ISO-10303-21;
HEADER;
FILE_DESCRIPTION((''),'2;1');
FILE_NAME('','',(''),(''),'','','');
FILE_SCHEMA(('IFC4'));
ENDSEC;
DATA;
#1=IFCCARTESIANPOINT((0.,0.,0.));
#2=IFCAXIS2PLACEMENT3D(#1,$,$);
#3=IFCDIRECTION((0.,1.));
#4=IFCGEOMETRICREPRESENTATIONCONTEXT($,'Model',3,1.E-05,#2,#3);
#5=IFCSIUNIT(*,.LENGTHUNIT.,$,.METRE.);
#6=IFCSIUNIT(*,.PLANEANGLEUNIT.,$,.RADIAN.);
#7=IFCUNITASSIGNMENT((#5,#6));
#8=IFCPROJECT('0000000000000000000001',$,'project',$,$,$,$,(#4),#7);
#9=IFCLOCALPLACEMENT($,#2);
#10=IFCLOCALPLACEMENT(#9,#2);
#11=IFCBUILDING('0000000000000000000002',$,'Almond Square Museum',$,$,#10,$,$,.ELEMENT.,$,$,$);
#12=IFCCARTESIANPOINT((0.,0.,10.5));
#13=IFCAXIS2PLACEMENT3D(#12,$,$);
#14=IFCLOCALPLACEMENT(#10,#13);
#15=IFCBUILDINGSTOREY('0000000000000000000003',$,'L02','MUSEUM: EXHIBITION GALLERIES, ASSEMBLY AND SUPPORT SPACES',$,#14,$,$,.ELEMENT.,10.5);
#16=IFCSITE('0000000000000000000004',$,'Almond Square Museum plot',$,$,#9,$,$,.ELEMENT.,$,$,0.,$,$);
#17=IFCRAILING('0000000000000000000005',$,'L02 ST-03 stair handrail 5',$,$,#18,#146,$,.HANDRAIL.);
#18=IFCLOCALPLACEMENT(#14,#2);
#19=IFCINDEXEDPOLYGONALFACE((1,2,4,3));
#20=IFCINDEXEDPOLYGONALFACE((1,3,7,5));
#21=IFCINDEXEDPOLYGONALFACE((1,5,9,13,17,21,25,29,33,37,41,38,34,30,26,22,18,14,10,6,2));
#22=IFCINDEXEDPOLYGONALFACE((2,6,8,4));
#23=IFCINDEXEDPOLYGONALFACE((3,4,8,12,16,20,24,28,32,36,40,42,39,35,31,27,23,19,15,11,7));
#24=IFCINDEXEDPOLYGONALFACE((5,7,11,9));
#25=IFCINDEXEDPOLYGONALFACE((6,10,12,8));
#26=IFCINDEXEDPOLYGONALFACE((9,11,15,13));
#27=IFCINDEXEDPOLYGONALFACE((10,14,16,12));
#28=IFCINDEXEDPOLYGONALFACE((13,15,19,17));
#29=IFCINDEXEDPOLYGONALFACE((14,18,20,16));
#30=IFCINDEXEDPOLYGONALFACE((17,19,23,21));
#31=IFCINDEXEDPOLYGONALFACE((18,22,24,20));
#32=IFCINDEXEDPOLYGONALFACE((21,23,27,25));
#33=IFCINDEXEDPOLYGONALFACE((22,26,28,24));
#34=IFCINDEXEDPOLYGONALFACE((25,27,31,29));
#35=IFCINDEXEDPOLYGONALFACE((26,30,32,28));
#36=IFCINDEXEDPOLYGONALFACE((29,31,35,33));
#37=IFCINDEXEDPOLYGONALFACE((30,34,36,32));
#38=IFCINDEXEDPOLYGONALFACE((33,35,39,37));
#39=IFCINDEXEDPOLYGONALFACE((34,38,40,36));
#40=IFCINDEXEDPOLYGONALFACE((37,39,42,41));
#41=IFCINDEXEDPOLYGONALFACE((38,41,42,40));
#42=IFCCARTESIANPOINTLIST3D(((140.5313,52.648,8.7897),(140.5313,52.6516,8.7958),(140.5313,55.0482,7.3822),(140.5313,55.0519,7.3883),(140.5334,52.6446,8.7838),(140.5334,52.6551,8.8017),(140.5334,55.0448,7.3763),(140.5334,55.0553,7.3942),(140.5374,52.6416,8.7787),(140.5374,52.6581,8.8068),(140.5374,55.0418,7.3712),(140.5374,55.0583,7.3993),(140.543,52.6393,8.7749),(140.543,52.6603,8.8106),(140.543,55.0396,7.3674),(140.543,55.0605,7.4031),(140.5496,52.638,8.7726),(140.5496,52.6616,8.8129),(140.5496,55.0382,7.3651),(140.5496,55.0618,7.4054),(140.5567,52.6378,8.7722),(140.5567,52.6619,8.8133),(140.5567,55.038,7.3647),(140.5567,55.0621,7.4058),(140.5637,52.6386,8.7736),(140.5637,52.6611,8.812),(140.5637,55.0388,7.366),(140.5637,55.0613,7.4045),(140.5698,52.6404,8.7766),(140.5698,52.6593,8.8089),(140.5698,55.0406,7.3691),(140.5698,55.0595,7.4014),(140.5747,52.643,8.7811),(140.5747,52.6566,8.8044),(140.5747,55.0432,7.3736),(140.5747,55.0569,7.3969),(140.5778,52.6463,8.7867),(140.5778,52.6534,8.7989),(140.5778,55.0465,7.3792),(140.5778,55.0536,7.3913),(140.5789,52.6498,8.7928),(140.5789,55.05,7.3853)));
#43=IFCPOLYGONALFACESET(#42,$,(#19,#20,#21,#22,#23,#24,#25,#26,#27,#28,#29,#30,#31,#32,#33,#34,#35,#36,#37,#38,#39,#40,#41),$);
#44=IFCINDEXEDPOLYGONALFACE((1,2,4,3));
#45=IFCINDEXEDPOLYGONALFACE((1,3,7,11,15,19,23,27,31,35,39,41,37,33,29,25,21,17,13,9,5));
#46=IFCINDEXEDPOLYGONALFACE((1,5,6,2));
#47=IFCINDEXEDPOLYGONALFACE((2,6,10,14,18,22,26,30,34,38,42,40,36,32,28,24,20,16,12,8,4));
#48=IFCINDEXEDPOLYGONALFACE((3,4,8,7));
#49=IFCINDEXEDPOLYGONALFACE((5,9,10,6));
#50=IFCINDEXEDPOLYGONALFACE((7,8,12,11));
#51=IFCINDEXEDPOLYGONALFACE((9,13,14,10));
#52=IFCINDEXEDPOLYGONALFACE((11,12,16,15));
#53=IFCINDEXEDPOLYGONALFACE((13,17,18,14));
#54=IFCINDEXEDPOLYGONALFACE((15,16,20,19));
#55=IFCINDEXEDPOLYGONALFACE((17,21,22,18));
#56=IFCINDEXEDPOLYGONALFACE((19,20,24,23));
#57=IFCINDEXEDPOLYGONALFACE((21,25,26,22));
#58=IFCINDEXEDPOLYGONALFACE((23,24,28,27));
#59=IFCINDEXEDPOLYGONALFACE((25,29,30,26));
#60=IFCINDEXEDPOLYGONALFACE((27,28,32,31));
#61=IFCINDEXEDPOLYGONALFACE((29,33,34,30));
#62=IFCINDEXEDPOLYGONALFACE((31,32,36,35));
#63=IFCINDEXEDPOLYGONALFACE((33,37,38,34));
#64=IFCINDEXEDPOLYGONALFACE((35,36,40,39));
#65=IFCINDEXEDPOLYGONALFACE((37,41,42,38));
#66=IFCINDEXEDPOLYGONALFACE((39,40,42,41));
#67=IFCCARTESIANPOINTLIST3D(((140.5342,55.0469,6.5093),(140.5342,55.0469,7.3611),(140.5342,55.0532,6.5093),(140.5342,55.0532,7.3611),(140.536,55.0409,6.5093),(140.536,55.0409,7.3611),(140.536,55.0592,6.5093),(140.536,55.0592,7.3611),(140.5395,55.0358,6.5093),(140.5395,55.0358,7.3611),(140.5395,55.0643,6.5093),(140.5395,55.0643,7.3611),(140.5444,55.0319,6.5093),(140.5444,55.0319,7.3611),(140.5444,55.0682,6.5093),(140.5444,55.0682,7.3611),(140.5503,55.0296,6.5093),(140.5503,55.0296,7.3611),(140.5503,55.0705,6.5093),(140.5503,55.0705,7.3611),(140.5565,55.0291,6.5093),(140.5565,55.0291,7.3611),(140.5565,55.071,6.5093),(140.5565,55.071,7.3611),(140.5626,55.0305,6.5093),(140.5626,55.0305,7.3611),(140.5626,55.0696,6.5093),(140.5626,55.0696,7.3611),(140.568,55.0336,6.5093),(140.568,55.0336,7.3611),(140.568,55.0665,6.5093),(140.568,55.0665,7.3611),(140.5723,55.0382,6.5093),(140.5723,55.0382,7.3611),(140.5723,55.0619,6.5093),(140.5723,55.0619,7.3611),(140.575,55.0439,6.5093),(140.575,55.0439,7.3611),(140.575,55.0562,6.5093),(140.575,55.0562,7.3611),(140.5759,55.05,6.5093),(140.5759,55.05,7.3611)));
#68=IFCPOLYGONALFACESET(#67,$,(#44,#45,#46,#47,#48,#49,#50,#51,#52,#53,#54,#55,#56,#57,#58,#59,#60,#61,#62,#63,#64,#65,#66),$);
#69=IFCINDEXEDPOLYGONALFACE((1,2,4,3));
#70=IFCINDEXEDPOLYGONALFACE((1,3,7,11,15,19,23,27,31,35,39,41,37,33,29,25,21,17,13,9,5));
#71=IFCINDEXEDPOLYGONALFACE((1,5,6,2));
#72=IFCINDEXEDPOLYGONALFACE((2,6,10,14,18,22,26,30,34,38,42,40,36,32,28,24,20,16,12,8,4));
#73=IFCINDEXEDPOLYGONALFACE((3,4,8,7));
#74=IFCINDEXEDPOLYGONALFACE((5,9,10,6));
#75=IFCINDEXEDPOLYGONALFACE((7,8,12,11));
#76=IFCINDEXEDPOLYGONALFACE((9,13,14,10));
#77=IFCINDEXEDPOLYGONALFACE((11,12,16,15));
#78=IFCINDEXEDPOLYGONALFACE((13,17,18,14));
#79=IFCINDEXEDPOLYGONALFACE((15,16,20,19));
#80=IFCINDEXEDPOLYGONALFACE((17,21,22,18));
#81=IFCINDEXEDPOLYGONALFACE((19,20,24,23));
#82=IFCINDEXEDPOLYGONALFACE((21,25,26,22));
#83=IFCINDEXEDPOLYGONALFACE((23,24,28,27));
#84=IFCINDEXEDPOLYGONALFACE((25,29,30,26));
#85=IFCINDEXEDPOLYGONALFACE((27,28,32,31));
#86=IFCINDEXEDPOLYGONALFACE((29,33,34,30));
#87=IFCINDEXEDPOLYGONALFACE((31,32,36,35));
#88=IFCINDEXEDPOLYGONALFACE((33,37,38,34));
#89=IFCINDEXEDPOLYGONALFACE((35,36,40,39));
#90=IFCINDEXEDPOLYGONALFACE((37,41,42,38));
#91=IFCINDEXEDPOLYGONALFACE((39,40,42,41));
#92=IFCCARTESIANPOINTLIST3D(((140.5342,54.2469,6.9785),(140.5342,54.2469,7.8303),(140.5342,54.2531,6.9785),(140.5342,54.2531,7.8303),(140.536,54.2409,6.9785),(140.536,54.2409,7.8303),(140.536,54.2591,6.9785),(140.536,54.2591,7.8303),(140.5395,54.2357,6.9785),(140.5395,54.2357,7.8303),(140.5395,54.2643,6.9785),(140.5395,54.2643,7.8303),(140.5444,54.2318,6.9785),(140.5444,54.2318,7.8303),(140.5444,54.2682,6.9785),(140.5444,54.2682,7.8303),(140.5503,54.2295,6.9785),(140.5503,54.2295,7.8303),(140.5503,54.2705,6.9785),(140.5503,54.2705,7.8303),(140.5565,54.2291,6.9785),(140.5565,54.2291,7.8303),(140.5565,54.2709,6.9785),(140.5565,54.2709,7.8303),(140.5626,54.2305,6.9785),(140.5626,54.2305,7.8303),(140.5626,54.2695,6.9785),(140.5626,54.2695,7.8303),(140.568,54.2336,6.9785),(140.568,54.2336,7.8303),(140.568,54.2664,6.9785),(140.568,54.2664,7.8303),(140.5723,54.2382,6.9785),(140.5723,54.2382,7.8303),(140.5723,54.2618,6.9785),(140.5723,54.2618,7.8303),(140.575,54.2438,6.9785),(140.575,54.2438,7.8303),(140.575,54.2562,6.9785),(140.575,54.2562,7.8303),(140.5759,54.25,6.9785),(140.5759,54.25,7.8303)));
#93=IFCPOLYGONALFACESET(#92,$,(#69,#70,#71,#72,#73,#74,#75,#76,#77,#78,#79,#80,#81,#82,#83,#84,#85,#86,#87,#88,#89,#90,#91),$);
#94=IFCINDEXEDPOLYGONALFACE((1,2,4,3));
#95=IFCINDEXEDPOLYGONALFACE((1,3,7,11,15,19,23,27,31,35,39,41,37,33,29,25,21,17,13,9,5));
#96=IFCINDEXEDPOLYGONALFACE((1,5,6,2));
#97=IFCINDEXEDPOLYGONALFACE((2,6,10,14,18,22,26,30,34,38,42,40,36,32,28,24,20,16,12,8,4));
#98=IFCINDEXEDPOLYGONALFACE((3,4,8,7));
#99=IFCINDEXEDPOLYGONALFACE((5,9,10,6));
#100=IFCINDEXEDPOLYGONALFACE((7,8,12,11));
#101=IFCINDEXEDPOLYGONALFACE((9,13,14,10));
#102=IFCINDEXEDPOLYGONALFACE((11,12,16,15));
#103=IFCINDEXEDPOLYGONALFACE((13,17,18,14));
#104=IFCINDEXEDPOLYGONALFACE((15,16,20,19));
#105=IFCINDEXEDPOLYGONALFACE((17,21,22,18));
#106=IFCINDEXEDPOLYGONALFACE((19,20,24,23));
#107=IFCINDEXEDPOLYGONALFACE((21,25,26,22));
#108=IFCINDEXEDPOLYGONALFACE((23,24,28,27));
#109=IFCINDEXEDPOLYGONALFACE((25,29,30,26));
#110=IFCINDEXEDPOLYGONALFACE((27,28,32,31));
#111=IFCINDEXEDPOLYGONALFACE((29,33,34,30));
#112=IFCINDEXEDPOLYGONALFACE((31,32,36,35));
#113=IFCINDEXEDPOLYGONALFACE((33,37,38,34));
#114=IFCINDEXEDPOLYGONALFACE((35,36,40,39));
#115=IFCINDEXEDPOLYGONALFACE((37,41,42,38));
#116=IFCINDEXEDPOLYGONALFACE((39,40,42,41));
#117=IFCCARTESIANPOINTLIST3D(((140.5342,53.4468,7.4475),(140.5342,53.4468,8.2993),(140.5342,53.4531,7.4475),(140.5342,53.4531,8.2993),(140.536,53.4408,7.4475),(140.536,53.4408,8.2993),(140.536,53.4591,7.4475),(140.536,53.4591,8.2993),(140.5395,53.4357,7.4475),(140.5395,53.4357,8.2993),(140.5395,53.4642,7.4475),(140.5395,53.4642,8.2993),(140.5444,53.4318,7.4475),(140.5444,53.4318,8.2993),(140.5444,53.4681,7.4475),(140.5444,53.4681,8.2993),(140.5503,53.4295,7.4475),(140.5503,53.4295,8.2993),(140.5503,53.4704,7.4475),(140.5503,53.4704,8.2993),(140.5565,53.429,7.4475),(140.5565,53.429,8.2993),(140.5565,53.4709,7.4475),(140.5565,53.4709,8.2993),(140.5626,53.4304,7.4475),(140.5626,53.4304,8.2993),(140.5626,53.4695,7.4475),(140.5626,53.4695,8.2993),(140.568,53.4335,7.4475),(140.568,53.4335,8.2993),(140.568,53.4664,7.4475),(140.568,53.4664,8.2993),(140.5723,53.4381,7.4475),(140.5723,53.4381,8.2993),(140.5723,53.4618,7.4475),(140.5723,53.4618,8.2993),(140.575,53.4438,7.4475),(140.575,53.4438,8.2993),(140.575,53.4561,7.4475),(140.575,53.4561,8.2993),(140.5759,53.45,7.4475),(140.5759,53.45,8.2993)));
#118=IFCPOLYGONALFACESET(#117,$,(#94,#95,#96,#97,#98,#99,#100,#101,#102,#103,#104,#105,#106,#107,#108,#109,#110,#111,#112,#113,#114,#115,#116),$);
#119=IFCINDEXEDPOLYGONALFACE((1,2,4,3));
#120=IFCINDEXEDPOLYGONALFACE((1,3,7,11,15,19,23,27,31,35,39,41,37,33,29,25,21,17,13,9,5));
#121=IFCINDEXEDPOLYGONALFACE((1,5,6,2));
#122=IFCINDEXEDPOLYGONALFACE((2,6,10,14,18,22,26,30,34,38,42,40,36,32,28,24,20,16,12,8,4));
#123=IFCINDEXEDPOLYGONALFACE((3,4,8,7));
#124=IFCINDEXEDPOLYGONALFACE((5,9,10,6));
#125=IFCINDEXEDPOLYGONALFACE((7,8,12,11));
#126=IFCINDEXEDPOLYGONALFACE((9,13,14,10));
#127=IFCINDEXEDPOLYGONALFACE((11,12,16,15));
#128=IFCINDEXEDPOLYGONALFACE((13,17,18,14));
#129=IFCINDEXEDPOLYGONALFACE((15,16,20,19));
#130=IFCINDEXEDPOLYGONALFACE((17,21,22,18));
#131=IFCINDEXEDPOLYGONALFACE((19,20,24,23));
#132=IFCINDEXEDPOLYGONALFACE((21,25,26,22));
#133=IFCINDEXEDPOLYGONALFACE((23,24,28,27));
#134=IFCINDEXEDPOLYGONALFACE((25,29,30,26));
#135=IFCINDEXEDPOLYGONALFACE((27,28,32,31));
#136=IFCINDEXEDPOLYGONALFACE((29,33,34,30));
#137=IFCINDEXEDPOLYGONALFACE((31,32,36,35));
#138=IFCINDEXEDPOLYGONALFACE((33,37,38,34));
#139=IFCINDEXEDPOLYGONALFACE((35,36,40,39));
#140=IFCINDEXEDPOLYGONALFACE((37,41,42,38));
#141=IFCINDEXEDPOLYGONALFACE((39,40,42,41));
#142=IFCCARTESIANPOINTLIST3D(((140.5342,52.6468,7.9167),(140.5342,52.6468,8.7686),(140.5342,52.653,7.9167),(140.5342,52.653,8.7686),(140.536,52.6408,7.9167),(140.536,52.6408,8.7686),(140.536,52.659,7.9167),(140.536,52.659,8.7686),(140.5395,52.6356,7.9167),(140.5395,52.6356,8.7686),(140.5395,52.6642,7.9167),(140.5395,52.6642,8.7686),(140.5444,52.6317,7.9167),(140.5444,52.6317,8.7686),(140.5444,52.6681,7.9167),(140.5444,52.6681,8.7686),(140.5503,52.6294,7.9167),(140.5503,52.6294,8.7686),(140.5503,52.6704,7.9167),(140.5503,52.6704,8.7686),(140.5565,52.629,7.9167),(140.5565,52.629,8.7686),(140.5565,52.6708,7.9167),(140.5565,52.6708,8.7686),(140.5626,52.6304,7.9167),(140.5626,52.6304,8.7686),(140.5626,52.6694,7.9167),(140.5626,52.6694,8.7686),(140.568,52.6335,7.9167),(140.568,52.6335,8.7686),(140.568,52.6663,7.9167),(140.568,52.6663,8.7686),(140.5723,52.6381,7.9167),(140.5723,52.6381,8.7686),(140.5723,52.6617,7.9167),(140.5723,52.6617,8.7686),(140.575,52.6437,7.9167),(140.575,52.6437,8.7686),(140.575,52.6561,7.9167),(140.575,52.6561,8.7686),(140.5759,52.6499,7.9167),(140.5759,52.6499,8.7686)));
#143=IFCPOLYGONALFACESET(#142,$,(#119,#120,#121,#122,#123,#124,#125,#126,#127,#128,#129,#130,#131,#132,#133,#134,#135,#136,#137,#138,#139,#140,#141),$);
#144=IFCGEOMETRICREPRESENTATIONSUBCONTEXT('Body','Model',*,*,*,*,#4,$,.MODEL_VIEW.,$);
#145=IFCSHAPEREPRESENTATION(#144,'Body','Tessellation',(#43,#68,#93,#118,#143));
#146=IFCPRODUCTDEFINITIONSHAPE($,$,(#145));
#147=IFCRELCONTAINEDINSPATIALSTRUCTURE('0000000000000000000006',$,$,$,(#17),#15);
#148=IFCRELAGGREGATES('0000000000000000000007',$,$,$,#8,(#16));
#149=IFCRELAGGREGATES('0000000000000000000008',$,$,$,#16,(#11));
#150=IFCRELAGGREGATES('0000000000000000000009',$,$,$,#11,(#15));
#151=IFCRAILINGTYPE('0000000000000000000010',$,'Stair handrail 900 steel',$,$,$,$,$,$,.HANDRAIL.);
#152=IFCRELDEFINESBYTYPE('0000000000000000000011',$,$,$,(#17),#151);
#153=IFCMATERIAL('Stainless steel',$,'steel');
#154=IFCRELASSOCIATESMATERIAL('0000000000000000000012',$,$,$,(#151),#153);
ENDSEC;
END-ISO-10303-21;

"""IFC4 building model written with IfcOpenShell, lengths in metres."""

from ifc_helpers import new_model, si_unit, direction, frame, origin, origin_2d, place, context, subcontext, project, spatial, circle, extrude, material, type_object, element, save


model = new_model("IFC4")

# Units and contexts
model_context = context("Model", 3, precision=1e-05, world=origin(), true_north=direction((0.0, 1.0)))
body_context = subcontext(model_context, "Body", "Model", "MODEL_VIEW")
ifc_project = project(units=[si_unit("LENGTHUNIT", "METRE"), si_unit("PLANEANGLEUNIT", "RADIAN")], contexts=[model_context])

# Site, building, storey
site_placement = place(None, origin())
site = spatial("IfcSite", under=ifc_project, at=site_placement, Name="Almond Square Museum plot", CompositionType="ELEMENT", RefElevation=0.0)
building_placement = place(site_placement, origin())
building = spatial("IfcBuilding", under=site, at=building_placement, Name="Almond Square Museum", CompositionType="ELEMENT")
storey_placement = place(building_placement, frame((0.0, 0.0, 10.5)))
storey = spatial("IfcBuildingStorey", under=building, at=storey_placement, Name="L02", Description="MUSEUM: EXHIBITION GALLERIES, ASSEMBLY AND SUPPORT SPACES", CompositionType="ELEMENT", Elevation=10.5)

# Railing
ifc_material_1 = material(Name="Stainless steel", Category="steel")
railing_type_1 = type_object("IfcRailingType", Name="Stair handrail 900 steel", PredefinedType="HANDRAIL", material=ifc_material_1)
for number, where, name in (
    (1, (140.5549, 55.05, 6.5093), "L02 ST-03 stair handrail 5"),
):
    element("IfcRailing", number, at=place(storey_placement, frame(where)), inside=storey, type_object=railing_type_1, Name=name, PredefinedType="HANDRAIL", context=body_context, shape_type="SweptSolid", body=[
        extrude(circle(Radius=0.0239, at=origin_2d()), frame((0.0, 0.0, 0.876), z_axis=(0.0, -0.862621, 0.50585), x_axis=(1.0, 0.0, 0.0)), (0.0, 0.0, 1.0), 2.7825),
        extrude(circle(Radius=0.021, at=origin_2d()), origin(), (0.0, 0.0, 1.0), 0.8518),
        extrude(circle(Radius=0.021, at=origin_2d()), frame((0.0, -0.8, 0.4692)), (0.0, 0.0, 1.0), 0.8518),
        extrude(circle(Radius=0.021, at=origin_2d()), frame((0.0, -1.6001, 0.9382)), (0.0, 0.0, 1.0), 0.8518),
        extrude(circle(Radius=0.021, at=origin_2d()), frame((0.0, -2.4001, 1.4075)), (0.0, 0.0, 1.0), 0.8518),
    ])

save(model, "model.ifc")
